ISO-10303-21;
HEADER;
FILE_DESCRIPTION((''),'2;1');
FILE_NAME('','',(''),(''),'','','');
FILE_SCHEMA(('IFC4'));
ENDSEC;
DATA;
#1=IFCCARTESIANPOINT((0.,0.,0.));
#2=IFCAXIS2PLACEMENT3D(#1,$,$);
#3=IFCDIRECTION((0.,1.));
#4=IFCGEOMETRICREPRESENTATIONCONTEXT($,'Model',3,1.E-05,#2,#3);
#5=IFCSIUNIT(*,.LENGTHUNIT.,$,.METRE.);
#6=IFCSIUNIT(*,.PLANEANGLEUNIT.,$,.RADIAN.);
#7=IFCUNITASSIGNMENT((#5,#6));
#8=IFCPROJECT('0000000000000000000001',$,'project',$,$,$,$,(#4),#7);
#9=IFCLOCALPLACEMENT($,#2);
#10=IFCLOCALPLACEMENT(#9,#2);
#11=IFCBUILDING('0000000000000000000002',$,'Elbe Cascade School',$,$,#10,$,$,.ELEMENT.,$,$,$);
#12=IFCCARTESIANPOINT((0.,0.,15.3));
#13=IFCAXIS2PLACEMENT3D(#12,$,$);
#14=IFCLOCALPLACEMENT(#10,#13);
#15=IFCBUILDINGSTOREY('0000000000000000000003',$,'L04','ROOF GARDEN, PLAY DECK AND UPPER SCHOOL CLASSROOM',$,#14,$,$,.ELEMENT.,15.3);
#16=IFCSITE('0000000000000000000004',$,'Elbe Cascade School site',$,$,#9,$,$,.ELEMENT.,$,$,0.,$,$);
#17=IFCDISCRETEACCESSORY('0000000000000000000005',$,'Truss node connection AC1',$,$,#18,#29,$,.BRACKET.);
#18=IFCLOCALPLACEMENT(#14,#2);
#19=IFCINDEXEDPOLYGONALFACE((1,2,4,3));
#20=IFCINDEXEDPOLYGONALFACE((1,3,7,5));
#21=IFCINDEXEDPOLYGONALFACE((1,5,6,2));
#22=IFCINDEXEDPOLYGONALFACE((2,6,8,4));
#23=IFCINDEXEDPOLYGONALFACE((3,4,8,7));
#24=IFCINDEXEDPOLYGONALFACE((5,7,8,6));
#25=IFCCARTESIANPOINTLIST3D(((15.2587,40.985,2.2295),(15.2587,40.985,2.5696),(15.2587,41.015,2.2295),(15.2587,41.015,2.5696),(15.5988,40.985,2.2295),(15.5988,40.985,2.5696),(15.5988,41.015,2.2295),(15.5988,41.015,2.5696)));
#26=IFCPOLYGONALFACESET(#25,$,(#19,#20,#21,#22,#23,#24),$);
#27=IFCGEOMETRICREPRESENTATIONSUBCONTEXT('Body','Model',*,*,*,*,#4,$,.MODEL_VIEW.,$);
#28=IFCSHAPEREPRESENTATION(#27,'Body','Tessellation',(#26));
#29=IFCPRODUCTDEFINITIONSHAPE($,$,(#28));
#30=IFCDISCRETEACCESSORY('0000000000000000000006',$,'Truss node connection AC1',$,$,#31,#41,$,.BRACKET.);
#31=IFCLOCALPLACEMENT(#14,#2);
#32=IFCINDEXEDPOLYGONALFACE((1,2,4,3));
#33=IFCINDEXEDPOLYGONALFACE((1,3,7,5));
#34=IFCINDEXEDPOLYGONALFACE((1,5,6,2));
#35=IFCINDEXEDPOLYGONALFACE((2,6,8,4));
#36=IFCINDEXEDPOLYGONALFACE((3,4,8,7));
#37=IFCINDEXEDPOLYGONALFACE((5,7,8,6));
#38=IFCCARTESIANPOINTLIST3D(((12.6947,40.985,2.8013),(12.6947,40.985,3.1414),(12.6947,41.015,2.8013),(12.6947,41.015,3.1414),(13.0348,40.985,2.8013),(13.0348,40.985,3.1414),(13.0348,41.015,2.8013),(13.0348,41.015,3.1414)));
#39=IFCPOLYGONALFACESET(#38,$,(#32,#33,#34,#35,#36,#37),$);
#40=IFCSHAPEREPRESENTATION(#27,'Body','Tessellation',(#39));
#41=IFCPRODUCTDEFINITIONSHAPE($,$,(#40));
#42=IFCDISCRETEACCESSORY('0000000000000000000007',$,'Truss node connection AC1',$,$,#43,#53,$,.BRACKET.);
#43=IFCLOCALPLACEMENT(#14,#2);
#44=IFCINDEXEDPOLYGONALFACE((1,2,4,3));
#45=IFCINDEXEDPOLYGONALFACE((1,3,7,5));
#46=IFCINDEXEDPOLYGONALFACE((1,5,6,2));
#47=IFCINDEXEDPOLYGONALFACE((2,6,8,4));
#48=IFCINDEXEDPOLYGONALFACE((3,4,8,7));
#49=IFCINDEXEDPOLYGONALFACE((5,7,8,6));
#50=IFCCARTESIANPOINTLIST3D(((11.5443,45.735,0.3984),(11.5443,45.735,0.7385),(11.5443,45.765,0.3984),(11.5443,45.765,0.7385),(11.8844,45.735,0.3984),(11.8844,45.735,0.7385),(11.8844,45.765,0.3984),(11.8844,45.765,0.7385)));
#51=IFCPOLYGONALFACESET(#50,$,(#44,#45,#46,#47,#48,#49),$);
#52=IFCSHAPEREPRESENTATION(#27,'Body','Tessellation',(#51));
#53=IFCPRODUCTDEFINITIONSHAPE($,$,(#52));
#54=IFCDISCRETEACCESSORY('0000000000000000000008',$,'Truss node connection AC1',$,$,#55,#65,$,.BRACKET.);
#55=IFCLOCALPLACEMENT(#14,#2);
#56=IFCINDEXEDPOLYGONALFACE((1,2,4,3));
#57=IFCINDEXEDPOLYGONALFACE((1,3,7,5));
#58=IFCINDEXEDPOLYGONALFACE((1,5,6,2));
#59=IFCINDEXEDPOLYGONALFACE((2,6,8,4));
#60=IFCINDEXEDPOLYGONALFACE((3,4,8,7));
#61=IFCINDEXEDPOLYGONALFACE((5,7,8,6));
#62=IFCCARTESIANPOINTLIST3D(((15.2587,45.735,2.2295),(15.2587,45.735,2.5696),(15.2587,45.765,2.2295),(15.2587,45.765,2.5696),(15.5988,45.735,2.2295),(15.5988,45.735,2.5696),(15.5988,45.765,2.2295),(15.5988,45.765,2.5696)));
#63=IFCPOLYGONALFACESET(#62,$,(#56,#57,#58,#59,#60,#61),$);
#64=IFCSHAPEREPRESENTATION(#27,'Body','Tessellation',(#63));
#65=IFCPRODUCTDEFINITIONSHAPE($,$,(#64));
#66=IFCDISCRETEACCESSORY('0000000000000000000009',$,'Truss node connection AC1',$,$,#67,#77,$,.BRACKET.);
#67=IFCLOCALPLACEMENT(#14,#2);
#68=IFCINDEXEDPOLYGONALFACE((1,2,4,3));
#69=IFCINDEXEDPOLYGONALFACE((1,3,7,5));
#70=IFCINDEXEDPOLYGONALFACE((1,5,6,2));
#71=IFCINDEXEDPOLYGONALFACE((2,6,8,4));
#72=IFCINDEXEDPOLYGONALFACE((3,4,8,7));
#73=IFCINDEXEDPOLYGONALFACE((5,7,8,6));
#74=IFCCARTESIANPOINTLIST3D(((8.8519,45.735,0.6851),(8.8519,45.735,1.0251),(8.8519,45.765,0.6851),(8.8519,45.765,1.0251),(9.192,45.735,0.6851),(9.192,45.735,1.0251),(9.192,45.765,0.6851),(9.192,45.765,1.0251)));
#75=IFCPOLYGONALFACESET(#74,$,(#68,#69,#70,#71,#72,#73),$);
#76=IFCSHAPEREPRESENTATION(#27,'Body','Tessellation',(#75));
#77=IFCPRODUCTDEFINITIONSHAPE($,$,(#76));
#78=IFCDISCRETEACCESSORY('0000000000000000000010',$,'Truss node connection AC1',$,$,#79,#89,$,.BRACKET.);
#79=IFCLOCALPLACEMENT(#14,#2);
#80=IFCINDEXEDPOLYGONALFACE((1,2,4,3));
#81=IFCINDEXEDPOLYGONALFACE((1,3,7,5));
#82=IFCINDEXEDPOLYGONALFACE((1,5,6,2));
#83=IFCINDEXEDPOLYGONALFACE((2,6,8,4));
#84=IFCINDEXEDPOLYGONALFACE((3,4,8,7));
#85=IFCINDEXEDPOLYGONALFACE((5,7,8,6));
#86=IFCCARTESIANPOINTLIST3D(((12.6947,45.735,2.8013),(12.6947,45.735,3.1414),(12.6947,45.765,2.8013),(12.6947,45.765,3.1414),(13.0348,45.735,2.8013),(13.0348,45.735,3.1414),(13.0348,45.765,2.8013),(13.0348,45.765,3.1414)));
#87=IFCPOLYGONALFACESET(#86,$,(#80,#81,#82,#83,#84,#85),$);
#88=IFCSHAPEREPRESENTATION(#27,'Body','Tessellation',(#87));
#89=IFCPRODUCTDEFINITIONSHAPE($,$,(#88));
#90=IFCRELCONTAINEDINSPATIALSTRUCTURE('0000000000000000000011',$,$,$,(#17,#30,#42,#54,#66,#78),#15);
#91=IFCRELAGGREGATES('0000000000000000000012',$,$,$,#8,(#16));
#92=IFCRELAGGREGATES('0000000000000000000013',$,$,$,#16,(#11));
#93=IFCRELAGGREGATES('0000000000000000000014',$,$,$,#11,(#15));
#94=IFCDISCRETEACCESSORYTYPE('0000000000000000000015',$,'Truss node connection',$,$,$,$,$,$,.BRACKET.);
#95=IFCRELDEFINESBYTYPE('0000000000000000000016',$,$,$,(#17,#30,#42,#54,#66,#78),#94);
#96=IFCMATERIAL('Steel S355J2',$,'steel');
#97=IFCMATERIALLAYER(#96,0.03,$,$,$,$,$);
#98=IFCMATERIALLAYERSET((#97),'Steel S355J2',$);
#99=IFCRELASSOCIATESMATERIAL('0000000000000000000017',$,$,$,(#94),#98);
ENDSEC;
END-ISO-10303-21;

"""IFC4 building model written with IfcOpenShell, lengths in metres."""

from ifc_helpers import new_model, si_unit, direction, frame, origin, origin_2d, place, context, subcontext, project, spatial, rectangle, extrude, material, layer, layer_set, type_object, element, save


model = new_model("IFC4")

# Units and contexts
model_context = context("Model", 3, precision=1e-05, world=origin(), true_north=direction((0.0, 1.0)))
body_context = subcontext(model_context, "Body", "Model", "MODEL_VIEW")
ifc_project = project(units=[si_unit("LENGTHUNIT", "METRE"), si_unit("PLANEANGLEUNIT", "RADIAN")], contexts=[model_context])

# Site, building, storey
site_placement = place(None, origin())
site = spatial("IfcSite", under=ifc_project, at=site_placement, Name="Elbe Cascade School site", CompositionType="ELEMENT", RefElevation=0.0)
building_placement = place(site_placement, origin())
building = spatial("IfcBuilding", under=site, at=building_placement, Name="Elbe Cascade School", CompositionType="ELEMENT")
storey_placement = place(building_placement, frame((0.0, 0.0, 15.3)))
storey = spatial("IfcBuildingStorey", under=building, at=storey_placement, Name="L04", Description="ROOF GARDEN, PLAY DECK AND UPPER SCHOOL CLASSROOM", CompositionType="ELEMENT", Elevation=15.3)

# Discrete accessories
ifc_material_1 = material(Name="Steel S355J2", Category="steel")
ifc_layer_1 = layer(ifc_material_1, 0.03)
ifc_layer_set_1 = layer_set([ifc_layer_1], Name="Steel S355J2")
discrete_accessory_type = type_object("IfcDiscreteAccessoryType", Name="Truss node connection", PredefinedType="BRACKET", material=ifc_layer_set_1)
for number, where, z_axis, x_axis, name in (
    (1, (15.4287, 41.0, 2.2295), (0.0, 0.0, 1.0), (1.0, 0.0, 0.0), "Truss node connection AC1"),
    (2, (12.8647, 41.0, 2.8013), (0.0, 0.0, 1.0), (1.0, 0.0, 0.0), "Truss node connection AC1"),
    (3, (11.7144, 45.75, 0.3984), (0.0, 0.0, 1.0), (1.0, 0.0, 0.0), "Truss node connection AC1"),
    (4, (15.4287, 45.75, 2.2295), (0.0, 0.0, 1.0), (1.0, 0.0, 0.0), "Truss node connection AC1"),
    (5, (9.022, 45.75, 0.6851), (0.0, 0.0, 1.0), (1.0, 0.0, 0.0), "Truss node connection AC1"),
    (6, (12.8647, 45.75, 2.8013), (0.0, 0.0, 1.0), (1.0, 0.0, 0.0), "Truss node connection AC1"),
):
    element("IfcDiscreteAccessory", number, at=place(storey_placement, frame(where, z_axis=z_axis, x_axis=x_axis)), inside=storey, type_object=discrete_accessory_type, Name=name, PredefinedType="BRACKET", context=body_context, shape_type="SweptSolid", body=[
        extrude(rectangle(XDim=0.3401, YDim=0.03, at=origin_2d()), origin(), (0.0, 0.0, 1.0), 0.3401),
    ])

save(model, "model.ifc")
